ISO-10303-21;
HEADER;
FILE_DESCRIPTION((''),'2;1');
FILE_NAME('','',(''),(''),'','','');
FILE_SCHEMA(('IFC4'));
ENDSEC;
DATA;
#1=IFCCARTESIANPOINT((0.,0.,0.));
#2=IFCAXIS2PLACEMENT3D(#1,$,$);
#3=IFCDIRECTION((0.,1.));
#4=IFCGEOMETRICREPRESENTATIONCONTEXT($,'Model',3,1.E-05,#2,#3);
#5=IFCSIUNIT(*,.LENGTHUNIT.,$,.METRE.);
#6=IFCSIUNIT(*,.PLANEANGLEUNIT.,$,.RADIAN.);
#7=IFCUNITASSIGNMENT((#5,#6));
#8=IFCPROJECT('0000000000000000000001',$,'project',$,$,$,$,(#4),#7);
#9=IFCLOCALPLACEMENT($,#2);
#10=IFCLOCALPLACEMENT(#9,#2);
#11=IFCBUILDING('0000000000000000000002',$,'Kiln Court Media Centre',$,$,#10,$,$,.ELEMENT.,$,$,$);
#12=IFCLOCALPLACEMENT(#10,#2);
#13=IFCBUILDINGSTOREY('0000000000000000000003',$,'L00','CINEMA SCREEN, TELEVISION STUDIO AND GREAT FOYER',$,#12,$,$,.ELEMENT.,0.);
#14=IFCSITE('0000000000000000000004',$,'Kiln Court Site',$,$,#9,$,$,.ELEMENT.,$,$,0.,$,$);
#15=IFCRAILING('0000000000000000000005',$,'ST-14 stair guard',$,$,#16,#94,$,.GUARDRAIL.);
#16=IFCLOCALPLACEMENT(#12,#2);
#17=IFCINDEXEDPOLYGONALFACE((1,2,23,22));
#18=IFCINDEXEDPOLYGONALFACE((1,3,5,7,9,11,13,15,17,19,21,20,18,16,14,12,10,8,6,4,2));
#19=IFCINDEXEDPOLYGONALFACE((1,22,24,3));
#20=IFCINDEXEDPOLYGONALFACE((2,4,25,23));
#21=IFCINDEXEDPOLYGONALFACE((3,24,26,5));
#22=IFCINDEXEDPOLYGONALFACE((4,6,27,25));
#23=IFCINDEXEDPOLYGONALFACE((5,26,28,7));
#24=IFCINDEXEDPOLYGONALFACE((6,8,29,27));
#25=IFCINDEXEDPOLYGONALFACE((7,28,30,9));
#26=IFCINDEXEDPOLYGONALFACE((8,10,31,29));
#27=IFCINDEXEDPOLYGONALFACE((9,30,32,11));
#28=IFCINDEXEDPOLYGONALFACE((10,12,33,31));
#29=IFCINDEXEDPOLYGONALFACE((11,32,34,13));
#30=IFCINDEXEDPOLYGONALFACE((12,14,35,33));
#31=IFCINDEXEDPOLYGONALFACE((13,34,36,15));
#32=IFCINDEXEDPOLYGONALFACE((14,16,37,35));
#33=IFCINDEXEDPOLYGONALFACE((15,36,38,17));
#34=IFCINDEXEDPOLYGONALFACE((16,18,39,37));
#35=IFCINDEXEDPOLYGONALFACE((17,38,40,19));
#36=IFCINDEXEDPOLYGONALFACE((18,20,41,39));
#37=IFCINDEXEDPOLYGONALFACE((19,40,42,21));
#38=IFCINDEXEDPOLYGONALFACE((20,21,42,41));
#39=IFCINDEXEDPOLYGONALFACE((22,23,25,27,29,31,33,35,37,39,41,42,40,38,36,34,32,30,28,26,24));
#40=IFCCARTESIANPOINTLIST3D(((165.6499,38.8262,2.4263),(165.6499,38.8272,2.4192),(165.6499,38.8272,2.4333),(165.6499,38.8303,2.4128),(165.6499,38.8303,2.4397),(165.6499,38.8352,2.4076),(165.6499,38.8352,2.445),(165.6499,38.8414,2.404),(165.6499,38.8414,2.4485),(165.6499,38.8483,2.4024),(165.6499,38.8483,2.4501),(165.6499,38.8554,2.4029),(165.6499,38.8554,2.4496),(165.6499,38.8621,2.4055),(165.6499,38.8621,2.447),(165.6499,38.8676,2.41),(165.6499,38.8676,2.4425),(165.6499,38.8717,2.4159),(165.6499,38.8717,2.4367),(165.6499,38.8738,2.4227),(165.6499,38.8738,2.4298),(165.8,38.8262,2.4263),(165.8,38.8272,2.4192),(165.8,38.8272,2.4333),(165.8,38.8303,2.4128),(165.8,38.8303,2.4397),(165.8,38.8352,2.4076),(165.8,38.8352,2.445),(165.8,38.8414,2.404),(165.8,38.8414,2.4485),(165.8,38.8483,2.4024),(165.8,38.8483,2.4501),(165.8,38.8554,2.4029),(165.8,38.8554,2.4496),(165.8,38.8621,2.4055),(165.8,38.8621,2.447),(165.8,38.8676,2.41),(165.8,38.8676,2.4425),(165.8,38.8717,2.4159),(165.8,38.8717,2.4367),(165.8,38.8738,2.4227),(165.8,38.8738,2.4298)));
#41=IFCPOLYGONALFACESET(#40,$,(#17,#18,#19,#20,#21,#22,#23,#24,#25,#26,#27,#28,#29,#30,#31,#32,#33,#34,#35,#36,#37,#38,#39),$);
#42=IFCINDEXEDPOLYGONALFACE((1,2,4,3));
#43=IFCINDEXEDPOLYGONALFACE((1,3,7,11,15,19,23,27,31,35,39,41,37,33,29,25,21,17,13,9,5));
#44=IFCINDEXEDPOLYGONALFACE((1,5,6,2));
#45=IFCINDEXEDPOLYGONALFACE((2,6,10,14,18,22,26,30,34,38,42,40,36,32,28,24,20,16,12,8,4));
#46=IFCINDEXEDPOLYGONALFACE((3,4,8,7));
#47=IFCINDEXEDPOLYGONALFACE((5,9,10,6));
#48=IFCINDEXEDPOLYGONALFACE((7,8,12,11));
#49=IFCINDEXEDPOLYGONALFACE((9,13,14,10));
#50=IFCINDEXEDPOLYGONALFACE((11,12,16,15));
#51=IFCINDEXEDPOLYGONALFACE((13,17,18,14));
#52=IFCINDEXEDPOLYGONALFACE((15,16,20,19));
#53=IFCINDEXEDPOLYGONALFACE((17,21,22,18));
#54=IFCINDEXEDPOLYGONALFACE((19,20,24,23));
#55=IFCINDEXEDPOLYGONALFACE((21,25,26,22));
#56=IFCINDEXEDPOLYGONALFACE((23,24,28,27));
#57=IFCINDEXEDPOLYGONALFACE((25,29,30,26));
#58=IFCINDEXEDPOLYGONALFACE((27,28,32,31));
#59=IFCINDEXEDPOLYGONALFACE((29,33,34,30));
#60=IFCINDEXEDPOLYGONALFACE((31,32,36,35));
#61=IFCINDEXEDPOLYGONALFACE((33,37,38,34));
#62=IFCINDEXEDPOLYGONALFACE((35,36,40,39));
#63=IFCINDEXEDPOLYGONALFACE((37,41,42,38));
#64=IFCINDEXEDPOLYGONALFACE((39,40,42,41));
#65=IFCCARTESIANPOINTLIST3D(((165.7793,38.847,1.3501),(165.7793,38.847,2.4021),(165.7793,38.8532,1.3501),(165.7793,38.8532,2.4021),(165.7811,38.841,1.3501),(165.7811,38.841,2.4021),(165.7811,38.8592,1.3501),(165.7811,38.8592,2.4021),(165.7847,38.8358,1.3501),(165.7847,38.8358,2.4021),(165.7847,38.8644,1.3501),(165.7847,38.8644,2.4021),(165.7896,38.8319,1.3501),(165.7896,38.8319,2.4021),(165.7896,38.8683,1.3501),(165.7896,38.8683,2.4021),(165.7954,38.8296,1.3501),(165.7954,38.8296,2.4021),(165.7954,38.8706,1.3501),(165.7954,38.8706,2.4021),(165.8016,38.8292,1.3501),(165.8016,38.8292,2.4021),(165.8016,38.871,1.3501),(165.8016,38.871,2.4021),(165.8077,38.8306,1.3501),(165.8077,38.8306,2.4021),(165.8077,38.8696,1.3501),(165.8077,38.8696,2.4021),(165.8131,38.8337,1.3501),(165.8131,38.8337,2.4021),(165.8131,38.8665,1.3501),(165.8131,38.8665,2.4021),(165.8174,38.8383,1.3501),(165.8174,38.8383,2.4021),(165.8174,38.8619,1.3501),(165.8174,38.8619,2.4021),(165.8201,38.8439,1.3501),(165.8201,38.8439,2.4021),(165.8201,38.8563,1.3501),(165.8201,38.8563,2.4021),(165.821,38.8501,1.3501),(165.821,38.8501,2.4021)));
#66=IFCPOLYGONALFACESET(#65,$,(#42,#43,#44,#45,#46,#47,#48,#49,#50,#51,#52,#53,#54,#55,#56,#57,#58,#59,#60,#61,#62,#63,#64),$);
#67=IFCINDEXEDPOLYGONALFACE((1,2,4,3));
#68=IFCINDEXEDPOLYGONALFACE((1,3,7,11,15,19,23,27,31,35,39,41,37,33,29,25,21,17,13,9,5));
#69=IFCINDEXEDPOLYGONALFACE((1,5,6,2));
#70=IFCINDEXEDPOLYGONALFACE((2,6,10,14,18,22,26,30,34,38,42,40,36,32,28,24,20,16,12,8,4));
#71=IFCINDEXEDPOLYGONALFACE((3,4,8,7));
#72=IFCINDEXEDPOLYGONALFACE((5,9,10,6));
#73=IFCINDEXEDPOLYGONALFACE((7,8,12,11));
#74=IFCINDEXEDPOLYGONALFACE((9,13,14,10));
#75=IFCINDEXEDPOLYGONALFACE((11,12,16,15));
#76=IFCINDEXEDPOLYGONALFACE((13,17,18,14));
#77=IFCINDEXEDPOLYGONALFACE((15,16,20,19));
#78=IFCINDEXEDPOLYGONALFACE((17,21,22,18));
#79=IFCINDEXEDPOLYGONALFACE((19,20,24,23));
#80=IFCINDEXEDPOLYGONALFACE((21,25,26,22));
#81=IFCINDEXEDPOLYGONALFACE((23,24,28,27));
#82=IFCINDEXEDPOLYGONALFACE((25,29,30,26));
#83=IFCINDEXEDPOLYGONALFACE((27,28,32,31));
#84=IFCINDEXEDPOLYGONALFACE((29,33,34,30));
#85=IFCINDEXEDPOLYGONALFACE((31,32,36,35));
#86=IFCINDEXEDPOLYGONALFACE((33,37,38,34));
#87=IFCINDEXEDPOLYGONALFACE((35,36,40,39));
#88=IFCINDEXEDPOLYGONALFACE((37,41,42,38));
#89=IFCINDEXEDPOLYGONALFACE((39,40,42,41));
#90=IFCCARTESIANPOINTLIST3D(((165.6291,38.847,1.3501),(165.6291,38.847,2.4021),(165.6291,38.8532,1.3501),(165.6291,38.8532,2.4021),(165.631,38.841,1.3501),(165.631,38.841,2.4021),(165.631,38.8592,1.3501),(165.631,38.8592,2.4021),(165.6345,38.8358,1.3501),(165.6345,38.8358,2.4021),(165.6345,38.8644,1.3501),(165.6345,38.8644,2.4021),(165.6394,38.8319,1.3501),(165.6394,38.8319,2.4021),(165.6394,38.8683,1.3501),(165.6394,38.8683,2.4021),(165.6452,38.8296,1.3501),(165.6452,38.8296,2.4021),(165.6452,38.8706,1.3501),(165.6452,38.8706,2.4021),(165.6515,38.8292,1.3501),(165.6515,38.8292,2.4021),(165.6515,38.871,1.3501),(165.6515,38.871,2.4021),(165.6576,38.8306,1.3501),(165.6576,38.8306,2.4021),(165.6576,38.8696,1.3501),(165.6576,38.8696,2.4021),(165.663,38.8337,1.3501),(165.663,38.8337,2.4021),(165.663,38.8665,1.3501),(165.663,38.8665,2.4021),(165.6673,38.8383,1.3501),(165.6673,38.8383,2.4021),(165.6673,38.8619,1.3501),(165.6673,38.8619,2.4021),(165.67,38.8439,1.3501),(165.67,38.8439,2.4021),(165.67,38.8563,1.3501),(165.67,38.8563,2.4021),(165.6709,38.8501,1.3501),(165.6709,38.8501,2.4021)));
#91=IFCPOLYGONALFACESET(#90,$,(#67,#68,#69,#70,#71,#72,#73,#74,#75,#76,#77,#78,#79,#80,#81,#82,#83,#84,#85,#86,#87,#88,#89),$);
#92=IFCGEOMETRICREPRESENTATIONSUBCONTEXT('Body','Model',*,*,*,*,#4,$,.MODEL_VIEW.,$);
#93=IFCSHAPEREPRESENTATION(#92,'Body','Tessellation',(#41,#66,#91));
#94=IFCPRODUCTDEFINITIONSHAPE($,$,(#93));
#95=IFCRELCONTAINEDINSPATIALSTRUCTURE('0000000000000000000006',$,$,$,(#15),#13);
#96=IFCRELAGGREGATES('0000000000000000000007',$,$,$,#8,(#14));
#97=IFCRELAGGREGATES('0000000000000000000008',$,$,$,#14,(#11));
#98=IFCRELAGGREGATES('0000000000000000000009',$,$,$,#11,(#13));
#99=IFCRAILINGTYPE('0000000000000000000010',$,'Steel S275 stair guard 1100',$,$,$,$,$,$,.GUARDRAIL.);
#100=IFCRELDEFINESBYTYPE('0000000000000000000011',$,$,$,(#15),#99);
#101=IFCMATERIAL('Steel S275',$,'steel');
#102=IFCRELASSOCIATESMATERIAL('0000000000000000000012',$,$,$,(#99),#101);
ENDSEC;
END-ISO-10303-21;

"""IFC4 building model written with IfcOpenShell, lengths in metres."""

from ifc_helpers import new_model, si_unit, direction, frame, origin, origin_2d, place, context, subcontext, project, spatial, circle, extrude, material, type_object, element, save


model = new_model("IFC4")

# Units and contexts
model_context = context("Model", 3, precision=1e-05, world=origin(), true_north=direction((0.0, 1.0)))
body_context = subcontext(model_context, "Body", "Model", "MODEL_VIEW")
ifc_project = project(units=[si_unit("LENGTHUNIT", "METRE"), si_unit("PLANEANGLEUNIT", "RADIAN")], contexts=[model_context])

# Site, building, storey
site_placement = place(None, origin())
site = spatial("IfcSite", under=ifc_project, at=site_placement, Name="Kiln Court Site", CompositionType="ELEMENT", RefElevation=0.0)
building_placement = place(site_placement, origin())
building = spatial("IfcBuilding", under=site, at=building_placement, Name="Kiln Court Media Centre", CompositionType="ELEMENT")
storey_placement = place(building_placement, origin())
storey = spatial("IfcBuildingStorey", under=building, at=storey_placement, Name="L00", Description="CINEMA SCREEN, TELEVISION STUDIO AND GREAT FOYER", CompositionType="ELEMENT", Elevation=0.0)

# Railing
ifc_material_1 = material(Name="Steel S275", Category="steel")
railing_type_1 = type_object("IfcRailingType", Name="Steel S275 stair guard 1100", PredefinedType="GUARDRAIL", material=ifc_material_1)
railing_1_placement = place(storey_placement, frame((165.8, 38.8501, 1.3501)))
element("IfcRailing", 1, at=railing_1_placement, inside=storey, type_object=railing_type_1, Name="ST-14 stair guard", PredefinedType="GUARDRAIL", context=body_context, shape_type="SweptSolid", body=[
    extrude(circle(Radius=0.0239, at=origin_2d()), frame((0.0, 0.0, 1.0762), z_axis=(-1.0, 0.0, 0.0), x_axis=(0.0, -1.0, 0.0)), (0.0, 0.0, 1.0), 0.1501),
    extrude(circle(Radius=0.021, at=origin_2d()), origin(), (0.0, 0.0, 1.0), 1.052),
    extrude(circle(Radius=0.021, at=origin_2d()), frame((-0.1501, 0.0, 0.0)), (0.0, 0.0, 1.0), 1.052),
])

save(model, "model.ifc")
